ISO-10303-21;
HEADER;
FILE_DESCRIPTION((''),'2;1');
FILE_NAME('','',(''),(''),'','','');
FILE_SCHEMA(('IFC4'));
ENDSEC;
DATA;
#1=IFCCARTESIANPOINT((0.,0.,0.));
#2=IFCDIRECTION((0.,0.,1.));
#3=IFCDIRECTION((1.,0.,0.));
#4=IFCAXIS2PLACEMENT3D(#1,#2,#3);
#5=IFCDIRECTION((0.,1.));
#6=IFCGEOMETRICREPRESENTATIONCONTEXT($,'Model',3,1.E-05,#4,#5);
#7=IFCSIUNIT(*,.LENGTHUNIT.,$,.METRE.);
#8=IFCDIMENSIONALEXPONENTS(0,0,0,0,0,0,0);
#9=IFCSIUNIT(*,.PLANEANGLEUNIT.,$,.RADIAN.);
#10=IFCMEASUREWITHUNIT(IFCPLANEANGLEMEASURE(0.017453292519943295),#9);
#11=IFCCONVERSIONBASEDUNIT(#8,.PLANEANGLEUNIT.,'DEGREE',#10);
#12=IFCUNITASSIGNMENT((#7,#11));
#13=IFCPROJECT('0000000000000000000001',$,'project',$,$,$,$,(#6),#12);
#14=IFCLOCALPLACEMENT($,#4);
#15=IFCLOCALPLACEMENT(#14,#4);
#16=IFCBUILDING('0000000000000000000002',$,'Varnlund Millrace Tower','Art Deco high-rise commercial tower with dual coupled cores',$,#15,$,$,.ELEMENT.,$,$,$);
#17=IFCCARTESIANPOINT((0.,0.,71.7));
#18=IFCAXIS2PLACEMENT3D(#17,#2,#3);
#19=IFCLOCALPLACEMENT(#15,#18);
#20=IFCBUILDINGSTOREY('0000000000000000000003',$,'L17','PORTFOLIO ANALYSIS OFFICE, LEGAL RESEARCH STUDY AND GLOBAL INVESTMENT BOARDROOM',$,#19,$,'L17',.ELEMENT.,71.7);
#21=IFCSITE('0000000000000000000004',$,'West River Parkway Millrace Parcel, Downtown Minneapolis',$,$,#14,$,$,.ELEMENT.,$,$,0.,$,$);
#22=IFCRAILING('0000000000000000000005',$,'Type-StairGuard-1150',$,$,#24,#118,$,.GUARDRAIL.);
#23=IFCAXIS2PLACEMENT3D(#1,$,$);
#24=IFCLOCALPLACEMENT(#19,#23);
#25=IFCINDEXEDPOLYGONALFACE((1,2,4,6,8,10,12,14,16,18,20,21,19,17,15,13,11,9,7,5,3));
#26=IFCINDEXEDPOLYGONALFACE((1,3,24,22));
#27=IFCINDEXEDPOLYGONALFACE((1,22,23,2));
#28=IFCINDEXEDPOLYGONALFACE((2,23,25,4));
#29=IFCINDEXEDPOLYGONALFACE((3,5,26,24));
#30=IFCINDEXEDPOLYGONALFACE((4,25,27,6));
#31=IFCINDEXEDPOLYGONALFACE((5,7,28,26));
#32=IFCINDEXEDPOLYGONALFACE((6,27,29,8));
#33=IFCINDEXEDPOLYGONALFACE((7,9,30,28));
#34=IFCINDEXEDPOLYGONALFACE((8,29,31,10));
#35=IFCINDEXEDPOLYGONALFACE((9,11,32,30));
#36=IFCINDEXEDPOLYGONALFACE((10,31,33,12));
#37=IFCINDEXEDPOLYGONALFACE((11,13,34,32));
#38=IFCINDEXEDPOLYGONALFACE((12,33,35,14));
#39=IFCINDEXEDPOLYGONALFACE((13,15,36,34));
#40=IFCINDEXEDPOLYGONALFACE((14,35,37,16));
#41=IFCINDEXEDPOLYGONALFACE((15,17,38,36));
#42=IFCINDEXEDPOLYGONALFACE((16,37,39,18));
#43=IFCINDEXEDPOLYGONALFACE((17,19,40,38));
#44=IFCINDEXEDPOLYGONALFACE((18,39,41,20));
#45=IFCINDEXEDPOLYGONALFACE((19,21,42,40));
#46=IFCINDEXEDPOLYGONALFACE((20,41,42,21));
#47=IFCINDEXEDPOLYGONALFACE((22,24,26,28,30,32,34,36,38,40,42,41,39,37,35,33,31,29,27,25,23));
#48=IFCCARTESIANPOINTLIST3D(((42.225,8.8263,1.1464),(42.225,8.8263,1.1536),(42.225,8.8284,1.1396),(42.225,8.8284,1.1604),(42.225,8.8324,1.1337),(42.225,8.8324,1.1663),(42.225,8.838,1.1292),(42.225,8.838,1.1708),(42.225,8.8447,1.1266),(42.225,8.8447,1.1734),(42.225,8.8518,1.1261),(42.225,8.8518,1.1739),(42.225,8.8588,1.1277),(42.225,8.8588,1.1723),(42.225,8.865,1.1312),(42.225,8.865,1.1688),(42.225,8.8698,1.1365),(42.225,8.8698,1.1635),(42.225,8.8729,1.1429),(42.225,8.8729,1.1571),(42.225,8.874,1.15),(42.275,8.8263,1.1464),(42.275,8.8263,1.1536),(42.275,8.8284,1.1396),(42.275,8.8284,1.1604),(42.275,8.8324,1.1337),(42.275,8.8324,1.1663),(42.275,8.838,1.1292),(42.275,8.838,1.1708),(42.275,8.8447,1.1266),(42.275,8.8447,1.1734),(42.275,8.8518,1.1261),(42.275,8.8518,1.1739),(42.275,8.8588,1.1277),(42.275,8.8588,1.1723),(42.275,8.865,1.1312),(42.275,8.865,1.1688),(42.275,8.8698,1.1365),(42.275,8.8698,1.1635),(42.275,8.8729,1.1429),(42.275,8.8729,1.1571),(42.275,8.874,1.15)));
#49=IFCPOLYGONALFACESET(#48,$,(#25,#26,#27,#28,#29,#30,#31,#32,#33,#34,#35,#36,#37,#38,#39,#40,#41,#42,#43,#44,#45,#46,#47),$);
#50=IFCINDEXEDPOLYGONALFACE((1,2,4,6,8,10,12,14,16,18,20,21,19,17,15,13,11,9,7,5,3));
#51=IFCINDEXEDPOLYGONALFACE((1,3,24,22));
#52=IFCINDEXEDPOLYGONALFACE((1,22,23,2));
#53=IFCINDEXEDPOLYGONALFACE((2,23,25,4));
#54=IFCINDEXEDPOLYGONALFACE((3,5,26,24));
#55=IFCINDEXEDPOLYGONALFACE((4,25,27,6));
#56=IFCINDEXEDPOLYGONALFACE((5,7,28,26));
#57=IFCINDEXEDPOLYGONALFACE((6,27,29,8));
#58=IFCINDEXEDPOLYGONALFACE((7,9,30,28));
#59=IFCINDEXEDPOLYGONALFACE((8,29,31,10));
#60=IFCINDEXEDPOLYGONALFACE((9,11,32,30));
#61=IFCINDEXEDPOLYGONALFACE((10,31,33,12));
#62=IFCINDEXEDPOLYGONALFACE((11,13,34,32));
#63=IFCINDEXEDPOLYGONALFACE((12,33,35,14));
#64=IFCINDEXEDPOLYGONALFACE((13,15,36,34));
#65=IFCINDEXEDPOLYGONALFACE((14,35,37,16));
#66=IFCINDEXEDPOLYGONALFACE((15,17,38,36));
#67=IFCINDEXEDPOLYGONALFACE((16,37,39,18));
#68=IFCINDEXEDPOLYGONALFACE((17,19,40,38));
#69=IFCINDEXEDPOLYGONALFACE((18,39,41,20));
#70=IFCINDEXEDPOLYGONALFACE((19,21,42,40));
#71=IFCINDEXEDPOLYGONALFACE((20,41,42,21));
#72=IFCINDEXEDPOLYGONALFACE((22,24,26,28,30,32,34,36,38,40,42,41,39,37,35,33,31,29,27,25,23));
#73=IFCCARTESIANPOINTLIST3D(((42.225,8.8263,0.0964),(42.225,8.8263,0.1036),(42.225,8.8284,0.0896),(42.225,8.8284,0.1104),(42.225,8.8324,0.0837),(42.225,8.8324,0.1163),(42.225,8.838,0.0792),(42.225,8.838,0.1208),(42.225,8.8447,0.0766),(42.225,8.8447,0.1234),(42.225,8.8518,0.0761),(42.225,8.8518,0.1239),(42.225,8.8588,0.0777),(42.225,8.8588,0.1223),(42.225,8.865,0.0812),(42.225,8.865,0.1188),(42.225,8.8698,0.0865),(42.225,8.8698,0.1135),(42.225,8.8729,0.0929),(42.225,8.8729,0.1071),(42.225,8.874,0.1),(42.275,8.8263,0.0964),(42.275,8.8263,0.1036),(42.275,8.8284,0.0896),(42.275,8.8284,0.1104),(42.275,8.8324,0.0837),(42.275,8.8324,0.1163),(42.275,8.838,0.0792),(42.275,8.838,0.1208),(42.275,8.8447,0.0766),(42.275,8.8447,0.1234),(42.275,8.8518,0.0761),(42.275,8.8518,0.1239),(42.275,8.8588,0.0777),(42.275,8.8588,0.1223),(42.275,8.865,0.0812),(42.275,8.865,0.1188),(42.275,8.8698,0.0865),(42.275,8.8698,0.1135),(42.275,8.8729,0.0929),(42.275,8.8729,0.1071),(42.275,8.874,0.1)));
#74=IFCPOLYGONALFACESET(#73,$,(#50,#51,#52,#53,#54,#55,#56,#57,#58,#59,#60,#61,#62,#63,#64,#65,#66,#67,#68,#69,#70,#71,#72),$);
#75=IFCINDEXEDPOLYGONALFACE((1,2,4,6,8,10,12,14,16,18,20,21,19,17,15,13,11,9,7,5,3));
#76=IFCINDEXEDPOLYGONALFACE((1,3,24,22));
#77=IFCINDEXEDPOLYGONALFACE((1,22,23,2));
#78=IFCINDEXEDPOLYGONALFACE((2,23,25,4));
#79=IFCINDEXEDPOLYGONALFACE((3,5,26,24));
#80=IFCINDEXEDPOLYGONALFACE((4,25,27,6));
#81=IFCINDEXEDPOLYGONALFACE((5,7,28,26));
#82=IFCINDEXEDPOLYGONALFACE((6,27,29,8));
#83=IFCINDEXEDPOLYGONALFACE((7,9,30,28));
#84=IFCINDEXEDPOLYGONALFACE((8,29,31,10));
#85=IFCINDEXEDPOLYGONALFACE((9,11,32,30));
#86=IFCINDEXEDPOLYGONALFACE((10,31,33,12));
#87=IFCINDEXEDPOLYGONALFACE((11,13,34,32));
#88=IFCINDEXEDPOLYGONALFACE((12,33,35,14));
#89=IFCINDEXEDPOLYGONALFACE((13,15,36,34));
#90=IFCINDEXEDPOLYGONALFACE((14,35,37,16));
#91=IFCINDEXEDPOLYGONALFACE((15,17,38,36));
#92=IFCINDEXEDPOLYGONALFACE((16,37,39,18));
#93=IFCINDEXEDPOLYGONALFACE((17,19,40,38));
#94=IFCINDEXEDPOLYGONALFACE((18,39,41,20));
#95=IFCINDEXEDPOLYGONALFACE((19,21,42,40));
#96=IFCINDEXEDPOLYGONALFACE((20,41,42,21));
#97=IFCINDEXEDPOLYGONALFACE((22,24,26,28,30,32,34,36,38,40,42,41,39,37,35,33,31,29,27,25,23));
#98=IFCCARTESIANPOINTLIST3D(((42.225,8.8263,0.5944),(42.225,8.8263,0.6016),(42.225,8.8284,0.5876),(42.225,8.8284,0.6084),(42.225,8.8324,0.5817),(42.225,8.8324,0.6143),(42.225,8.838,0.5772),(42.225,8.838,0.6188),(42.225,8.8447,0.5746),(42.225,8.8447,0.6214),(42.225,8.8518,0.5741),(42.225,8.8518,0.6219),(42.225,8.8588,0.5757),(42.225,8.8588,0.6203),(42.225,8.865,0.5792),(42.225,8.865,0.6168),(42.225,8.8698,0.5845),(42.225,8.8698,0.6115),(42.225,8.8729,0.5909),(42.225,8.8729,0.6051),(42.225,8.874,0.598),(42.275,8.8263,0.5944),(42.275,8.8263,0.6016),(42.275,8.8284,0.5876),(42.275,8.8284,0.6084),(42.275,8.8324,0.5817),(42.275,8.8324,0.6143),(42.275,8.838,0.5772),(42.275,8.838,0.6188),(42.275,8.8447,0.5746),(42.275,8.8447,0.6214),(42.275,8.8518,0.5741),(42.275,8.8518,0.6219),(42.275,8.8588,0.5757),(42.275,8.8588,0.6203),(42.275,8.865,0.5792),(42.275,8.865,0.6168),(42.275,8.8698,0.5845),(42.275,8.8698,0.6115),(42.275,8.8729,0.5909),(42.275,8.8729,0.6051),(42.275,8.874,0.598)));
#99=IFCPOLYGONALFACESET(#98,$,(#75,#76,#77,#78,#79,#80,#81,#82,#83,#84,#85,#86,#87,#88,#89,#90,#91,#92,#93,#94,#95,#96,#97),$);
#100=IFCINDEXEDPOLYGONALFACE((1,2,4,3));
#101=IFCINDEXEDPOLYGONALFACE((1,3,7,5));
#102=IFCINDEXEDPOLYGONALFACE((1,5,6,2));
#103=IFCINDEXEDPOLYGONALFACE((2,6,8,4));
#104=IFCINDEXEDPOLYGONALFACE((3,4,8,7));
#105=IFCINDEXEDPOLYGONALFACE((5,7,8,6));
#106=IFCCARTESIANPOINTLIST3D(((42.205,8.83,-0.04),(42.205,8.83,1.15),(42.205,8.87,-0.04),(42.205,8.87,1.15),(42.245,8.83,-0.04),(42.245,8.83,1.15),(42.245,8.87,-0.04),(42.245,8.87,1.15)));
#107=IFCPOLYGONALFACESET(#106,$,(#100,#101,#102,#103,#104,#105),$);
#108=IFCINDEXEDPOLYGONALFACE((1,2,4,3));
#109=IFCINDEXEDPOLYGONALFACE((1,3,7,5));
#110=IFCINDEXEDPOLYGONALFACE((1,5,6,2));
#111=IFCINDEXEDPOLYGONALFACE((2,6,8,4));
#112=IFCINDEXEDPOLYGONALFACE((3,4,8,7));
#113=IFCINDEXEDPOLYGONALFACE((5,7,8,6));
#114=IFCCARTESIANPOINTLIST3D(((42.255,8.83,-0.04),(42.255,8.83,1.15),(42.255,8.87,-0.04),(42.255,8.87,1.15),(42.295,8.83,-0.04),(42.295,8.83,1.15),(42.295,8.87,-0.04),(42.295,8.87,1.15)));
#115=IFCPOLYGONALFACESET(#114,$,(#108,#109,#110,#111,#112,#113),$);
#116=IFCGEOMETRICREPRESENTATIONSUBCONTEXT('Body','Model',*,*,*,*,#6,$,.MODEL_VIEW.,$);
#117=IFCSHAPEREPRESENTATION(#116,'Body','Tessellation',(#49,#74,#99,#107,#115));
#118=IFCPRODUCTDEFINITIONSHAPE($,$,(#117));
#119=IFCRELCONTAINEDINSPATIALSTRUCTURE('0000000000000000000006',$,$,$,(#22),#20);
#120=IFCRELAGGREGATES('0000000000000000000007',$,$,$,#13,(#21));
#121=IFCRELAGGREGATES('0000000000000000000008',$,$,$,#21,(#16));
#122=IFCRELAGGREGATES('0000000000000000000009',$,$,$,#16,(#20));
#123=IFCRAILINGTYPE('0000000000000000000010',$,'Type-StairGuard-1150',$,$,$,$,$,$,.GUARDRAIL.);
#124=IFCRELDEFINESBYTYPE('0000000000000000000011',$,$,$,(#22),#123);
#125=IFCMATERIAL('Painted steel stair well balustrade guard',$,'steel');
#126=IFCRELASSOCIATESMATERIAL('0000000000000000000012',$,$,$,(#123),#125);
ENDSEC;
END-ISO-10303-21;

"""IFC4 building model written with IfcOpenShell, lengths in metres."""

from ifc_helpers import new_model, entity, si_unit, converted_unit, direction, frame, origin_with_axes, origin_2d_with_axis, place, context, subcontext, project, spatial, rectangle, circle, extrude, material, type_object, element, save


model = new_model("IFC4")

# Units and contexts
model_context = context("Model", 3, precision=1e-05, world=origin_with_axes(), true_north=direction((0.0, 1.0)))
body_context = subcontext(model_context, "Body", "Model", "MODEL_VIEW")
ifc_project = project(units=[si_unit("LENGTHUNIT", "METRE"), converted_unit("PLANEANGLEUNIT", "DEGREE", entity("IfcPlaneAngleMeasure", 0.017453292519943295), si_unit("PLANEANGLEUNIT", "RADIAN"), dimensions=[0, 0, 0, 0, 0, 0, 0])], contexts=[model_context])

# Site, building, storey
site_placement = place(None, origin_with_axes())
site = spatial("IfcSite", under=ifc_project, at=site_placement, Name="West River Parkway Millrace Parcel, Downtown Minneapolis", CompositionType="ELEMENT", RefElevation=0.0)
building_placement = place(site_placement, origin_with_axes())
building = spatial("IfcBuilding", under=site, at=building_placement, Name="Varnlund Millrace Tower", Description="Art Deco high-rise commercial tower with dual coupled cores", CompositionType="ELEMENT")
storey_placement = place(building_placement, frame((0.0, 0.0, 71.7), z_axis=(0.0, 0.0, 1.0), x_axis=(1.0, 0.0, 0.0)))
storey = spatial("IfcBuildingStorey", under=building, at=storey_placement, Name="L17", Description="PORTFOLIO ANALYSIS OFFICE, LEGAL RESEARCH STUDY AND GLOBAL INVESTMENT BOARDROOM", LongName="L17", CompositionType="ELEMENT", Elevation=71.7)

# Railing
ifc_material_1 = material(Name="Painted steel stair well balustrade guard", Category="steel")
railing_type_1 = type_object("IfcRailingType", Name="Type-StairGuard-1150", PredefinedType="GUARDRAIL", material=ifc_material_1)
railing_1_placement = place(storey_placement, frame((0.0, 0.0, -71.7), z_axis=(0.0, 0.0, 1.0), x_axis=(1.0, 0.0, 0.0)))
element("IfcRailing", 1, at=railing_1_placement, inside=storey, type_object=railing_type_1, Name="Type-StairGuard-1150", PredefinedType="GUARDRAIL", context=body_context, shape_type="SweptSolid", body=[
    extrude(circle(Radius=0.024, at=origin_2d_with_axis()), frame((42.225, 8.85, 72.85), z_axis=(1.0, 0.0, 0.0), x_axis=(0.0, 1.0, 0.0)), (0.0, 0.0, 1.0), 0.05),
    extrude(circle(Radius=0.024, at=origin_2d_with_axis()), frame((42.225, 8.85, 71.8), z_axis=(1.0, 0.0, 0.0), x_axis=(0.0, 1.0, 0.0)), (0.0, 0.0, 1.0), 0.05),
    extrude(circle(Radius=0.024, at=origin_2d_with_axis()), frame((42.225, 8.85, 72.298), z_axis=(1.0, 0.0, 0.0), x_axis=(0.0, 1.0, 0.0)), (0.0, 0.0, 1.0), 0.05),
    extrude(rectangle(XDim=0.04, YDim=0.04, at=origin_2d_with_axis()), frame((42.225, 8.85, 71.66), z_axis=(0.0, 0.0, 1.0), x_axis=(1.0, 0.0, 0.0)), (0.0, 0.0, 1.0), 1.19),
    extrude(rectangle(XDim=0.04, YDim=0.04, at=origin_2d_with_axis()), frame((42.275, 8.85, 71.66), z_axis=(0.0, 0.0, 1.0), x_axis=(1.0, 0.0, 0.0)), (0.0, 0.0, 1.0), 1.19),
])

save(model, "model.ifc")
